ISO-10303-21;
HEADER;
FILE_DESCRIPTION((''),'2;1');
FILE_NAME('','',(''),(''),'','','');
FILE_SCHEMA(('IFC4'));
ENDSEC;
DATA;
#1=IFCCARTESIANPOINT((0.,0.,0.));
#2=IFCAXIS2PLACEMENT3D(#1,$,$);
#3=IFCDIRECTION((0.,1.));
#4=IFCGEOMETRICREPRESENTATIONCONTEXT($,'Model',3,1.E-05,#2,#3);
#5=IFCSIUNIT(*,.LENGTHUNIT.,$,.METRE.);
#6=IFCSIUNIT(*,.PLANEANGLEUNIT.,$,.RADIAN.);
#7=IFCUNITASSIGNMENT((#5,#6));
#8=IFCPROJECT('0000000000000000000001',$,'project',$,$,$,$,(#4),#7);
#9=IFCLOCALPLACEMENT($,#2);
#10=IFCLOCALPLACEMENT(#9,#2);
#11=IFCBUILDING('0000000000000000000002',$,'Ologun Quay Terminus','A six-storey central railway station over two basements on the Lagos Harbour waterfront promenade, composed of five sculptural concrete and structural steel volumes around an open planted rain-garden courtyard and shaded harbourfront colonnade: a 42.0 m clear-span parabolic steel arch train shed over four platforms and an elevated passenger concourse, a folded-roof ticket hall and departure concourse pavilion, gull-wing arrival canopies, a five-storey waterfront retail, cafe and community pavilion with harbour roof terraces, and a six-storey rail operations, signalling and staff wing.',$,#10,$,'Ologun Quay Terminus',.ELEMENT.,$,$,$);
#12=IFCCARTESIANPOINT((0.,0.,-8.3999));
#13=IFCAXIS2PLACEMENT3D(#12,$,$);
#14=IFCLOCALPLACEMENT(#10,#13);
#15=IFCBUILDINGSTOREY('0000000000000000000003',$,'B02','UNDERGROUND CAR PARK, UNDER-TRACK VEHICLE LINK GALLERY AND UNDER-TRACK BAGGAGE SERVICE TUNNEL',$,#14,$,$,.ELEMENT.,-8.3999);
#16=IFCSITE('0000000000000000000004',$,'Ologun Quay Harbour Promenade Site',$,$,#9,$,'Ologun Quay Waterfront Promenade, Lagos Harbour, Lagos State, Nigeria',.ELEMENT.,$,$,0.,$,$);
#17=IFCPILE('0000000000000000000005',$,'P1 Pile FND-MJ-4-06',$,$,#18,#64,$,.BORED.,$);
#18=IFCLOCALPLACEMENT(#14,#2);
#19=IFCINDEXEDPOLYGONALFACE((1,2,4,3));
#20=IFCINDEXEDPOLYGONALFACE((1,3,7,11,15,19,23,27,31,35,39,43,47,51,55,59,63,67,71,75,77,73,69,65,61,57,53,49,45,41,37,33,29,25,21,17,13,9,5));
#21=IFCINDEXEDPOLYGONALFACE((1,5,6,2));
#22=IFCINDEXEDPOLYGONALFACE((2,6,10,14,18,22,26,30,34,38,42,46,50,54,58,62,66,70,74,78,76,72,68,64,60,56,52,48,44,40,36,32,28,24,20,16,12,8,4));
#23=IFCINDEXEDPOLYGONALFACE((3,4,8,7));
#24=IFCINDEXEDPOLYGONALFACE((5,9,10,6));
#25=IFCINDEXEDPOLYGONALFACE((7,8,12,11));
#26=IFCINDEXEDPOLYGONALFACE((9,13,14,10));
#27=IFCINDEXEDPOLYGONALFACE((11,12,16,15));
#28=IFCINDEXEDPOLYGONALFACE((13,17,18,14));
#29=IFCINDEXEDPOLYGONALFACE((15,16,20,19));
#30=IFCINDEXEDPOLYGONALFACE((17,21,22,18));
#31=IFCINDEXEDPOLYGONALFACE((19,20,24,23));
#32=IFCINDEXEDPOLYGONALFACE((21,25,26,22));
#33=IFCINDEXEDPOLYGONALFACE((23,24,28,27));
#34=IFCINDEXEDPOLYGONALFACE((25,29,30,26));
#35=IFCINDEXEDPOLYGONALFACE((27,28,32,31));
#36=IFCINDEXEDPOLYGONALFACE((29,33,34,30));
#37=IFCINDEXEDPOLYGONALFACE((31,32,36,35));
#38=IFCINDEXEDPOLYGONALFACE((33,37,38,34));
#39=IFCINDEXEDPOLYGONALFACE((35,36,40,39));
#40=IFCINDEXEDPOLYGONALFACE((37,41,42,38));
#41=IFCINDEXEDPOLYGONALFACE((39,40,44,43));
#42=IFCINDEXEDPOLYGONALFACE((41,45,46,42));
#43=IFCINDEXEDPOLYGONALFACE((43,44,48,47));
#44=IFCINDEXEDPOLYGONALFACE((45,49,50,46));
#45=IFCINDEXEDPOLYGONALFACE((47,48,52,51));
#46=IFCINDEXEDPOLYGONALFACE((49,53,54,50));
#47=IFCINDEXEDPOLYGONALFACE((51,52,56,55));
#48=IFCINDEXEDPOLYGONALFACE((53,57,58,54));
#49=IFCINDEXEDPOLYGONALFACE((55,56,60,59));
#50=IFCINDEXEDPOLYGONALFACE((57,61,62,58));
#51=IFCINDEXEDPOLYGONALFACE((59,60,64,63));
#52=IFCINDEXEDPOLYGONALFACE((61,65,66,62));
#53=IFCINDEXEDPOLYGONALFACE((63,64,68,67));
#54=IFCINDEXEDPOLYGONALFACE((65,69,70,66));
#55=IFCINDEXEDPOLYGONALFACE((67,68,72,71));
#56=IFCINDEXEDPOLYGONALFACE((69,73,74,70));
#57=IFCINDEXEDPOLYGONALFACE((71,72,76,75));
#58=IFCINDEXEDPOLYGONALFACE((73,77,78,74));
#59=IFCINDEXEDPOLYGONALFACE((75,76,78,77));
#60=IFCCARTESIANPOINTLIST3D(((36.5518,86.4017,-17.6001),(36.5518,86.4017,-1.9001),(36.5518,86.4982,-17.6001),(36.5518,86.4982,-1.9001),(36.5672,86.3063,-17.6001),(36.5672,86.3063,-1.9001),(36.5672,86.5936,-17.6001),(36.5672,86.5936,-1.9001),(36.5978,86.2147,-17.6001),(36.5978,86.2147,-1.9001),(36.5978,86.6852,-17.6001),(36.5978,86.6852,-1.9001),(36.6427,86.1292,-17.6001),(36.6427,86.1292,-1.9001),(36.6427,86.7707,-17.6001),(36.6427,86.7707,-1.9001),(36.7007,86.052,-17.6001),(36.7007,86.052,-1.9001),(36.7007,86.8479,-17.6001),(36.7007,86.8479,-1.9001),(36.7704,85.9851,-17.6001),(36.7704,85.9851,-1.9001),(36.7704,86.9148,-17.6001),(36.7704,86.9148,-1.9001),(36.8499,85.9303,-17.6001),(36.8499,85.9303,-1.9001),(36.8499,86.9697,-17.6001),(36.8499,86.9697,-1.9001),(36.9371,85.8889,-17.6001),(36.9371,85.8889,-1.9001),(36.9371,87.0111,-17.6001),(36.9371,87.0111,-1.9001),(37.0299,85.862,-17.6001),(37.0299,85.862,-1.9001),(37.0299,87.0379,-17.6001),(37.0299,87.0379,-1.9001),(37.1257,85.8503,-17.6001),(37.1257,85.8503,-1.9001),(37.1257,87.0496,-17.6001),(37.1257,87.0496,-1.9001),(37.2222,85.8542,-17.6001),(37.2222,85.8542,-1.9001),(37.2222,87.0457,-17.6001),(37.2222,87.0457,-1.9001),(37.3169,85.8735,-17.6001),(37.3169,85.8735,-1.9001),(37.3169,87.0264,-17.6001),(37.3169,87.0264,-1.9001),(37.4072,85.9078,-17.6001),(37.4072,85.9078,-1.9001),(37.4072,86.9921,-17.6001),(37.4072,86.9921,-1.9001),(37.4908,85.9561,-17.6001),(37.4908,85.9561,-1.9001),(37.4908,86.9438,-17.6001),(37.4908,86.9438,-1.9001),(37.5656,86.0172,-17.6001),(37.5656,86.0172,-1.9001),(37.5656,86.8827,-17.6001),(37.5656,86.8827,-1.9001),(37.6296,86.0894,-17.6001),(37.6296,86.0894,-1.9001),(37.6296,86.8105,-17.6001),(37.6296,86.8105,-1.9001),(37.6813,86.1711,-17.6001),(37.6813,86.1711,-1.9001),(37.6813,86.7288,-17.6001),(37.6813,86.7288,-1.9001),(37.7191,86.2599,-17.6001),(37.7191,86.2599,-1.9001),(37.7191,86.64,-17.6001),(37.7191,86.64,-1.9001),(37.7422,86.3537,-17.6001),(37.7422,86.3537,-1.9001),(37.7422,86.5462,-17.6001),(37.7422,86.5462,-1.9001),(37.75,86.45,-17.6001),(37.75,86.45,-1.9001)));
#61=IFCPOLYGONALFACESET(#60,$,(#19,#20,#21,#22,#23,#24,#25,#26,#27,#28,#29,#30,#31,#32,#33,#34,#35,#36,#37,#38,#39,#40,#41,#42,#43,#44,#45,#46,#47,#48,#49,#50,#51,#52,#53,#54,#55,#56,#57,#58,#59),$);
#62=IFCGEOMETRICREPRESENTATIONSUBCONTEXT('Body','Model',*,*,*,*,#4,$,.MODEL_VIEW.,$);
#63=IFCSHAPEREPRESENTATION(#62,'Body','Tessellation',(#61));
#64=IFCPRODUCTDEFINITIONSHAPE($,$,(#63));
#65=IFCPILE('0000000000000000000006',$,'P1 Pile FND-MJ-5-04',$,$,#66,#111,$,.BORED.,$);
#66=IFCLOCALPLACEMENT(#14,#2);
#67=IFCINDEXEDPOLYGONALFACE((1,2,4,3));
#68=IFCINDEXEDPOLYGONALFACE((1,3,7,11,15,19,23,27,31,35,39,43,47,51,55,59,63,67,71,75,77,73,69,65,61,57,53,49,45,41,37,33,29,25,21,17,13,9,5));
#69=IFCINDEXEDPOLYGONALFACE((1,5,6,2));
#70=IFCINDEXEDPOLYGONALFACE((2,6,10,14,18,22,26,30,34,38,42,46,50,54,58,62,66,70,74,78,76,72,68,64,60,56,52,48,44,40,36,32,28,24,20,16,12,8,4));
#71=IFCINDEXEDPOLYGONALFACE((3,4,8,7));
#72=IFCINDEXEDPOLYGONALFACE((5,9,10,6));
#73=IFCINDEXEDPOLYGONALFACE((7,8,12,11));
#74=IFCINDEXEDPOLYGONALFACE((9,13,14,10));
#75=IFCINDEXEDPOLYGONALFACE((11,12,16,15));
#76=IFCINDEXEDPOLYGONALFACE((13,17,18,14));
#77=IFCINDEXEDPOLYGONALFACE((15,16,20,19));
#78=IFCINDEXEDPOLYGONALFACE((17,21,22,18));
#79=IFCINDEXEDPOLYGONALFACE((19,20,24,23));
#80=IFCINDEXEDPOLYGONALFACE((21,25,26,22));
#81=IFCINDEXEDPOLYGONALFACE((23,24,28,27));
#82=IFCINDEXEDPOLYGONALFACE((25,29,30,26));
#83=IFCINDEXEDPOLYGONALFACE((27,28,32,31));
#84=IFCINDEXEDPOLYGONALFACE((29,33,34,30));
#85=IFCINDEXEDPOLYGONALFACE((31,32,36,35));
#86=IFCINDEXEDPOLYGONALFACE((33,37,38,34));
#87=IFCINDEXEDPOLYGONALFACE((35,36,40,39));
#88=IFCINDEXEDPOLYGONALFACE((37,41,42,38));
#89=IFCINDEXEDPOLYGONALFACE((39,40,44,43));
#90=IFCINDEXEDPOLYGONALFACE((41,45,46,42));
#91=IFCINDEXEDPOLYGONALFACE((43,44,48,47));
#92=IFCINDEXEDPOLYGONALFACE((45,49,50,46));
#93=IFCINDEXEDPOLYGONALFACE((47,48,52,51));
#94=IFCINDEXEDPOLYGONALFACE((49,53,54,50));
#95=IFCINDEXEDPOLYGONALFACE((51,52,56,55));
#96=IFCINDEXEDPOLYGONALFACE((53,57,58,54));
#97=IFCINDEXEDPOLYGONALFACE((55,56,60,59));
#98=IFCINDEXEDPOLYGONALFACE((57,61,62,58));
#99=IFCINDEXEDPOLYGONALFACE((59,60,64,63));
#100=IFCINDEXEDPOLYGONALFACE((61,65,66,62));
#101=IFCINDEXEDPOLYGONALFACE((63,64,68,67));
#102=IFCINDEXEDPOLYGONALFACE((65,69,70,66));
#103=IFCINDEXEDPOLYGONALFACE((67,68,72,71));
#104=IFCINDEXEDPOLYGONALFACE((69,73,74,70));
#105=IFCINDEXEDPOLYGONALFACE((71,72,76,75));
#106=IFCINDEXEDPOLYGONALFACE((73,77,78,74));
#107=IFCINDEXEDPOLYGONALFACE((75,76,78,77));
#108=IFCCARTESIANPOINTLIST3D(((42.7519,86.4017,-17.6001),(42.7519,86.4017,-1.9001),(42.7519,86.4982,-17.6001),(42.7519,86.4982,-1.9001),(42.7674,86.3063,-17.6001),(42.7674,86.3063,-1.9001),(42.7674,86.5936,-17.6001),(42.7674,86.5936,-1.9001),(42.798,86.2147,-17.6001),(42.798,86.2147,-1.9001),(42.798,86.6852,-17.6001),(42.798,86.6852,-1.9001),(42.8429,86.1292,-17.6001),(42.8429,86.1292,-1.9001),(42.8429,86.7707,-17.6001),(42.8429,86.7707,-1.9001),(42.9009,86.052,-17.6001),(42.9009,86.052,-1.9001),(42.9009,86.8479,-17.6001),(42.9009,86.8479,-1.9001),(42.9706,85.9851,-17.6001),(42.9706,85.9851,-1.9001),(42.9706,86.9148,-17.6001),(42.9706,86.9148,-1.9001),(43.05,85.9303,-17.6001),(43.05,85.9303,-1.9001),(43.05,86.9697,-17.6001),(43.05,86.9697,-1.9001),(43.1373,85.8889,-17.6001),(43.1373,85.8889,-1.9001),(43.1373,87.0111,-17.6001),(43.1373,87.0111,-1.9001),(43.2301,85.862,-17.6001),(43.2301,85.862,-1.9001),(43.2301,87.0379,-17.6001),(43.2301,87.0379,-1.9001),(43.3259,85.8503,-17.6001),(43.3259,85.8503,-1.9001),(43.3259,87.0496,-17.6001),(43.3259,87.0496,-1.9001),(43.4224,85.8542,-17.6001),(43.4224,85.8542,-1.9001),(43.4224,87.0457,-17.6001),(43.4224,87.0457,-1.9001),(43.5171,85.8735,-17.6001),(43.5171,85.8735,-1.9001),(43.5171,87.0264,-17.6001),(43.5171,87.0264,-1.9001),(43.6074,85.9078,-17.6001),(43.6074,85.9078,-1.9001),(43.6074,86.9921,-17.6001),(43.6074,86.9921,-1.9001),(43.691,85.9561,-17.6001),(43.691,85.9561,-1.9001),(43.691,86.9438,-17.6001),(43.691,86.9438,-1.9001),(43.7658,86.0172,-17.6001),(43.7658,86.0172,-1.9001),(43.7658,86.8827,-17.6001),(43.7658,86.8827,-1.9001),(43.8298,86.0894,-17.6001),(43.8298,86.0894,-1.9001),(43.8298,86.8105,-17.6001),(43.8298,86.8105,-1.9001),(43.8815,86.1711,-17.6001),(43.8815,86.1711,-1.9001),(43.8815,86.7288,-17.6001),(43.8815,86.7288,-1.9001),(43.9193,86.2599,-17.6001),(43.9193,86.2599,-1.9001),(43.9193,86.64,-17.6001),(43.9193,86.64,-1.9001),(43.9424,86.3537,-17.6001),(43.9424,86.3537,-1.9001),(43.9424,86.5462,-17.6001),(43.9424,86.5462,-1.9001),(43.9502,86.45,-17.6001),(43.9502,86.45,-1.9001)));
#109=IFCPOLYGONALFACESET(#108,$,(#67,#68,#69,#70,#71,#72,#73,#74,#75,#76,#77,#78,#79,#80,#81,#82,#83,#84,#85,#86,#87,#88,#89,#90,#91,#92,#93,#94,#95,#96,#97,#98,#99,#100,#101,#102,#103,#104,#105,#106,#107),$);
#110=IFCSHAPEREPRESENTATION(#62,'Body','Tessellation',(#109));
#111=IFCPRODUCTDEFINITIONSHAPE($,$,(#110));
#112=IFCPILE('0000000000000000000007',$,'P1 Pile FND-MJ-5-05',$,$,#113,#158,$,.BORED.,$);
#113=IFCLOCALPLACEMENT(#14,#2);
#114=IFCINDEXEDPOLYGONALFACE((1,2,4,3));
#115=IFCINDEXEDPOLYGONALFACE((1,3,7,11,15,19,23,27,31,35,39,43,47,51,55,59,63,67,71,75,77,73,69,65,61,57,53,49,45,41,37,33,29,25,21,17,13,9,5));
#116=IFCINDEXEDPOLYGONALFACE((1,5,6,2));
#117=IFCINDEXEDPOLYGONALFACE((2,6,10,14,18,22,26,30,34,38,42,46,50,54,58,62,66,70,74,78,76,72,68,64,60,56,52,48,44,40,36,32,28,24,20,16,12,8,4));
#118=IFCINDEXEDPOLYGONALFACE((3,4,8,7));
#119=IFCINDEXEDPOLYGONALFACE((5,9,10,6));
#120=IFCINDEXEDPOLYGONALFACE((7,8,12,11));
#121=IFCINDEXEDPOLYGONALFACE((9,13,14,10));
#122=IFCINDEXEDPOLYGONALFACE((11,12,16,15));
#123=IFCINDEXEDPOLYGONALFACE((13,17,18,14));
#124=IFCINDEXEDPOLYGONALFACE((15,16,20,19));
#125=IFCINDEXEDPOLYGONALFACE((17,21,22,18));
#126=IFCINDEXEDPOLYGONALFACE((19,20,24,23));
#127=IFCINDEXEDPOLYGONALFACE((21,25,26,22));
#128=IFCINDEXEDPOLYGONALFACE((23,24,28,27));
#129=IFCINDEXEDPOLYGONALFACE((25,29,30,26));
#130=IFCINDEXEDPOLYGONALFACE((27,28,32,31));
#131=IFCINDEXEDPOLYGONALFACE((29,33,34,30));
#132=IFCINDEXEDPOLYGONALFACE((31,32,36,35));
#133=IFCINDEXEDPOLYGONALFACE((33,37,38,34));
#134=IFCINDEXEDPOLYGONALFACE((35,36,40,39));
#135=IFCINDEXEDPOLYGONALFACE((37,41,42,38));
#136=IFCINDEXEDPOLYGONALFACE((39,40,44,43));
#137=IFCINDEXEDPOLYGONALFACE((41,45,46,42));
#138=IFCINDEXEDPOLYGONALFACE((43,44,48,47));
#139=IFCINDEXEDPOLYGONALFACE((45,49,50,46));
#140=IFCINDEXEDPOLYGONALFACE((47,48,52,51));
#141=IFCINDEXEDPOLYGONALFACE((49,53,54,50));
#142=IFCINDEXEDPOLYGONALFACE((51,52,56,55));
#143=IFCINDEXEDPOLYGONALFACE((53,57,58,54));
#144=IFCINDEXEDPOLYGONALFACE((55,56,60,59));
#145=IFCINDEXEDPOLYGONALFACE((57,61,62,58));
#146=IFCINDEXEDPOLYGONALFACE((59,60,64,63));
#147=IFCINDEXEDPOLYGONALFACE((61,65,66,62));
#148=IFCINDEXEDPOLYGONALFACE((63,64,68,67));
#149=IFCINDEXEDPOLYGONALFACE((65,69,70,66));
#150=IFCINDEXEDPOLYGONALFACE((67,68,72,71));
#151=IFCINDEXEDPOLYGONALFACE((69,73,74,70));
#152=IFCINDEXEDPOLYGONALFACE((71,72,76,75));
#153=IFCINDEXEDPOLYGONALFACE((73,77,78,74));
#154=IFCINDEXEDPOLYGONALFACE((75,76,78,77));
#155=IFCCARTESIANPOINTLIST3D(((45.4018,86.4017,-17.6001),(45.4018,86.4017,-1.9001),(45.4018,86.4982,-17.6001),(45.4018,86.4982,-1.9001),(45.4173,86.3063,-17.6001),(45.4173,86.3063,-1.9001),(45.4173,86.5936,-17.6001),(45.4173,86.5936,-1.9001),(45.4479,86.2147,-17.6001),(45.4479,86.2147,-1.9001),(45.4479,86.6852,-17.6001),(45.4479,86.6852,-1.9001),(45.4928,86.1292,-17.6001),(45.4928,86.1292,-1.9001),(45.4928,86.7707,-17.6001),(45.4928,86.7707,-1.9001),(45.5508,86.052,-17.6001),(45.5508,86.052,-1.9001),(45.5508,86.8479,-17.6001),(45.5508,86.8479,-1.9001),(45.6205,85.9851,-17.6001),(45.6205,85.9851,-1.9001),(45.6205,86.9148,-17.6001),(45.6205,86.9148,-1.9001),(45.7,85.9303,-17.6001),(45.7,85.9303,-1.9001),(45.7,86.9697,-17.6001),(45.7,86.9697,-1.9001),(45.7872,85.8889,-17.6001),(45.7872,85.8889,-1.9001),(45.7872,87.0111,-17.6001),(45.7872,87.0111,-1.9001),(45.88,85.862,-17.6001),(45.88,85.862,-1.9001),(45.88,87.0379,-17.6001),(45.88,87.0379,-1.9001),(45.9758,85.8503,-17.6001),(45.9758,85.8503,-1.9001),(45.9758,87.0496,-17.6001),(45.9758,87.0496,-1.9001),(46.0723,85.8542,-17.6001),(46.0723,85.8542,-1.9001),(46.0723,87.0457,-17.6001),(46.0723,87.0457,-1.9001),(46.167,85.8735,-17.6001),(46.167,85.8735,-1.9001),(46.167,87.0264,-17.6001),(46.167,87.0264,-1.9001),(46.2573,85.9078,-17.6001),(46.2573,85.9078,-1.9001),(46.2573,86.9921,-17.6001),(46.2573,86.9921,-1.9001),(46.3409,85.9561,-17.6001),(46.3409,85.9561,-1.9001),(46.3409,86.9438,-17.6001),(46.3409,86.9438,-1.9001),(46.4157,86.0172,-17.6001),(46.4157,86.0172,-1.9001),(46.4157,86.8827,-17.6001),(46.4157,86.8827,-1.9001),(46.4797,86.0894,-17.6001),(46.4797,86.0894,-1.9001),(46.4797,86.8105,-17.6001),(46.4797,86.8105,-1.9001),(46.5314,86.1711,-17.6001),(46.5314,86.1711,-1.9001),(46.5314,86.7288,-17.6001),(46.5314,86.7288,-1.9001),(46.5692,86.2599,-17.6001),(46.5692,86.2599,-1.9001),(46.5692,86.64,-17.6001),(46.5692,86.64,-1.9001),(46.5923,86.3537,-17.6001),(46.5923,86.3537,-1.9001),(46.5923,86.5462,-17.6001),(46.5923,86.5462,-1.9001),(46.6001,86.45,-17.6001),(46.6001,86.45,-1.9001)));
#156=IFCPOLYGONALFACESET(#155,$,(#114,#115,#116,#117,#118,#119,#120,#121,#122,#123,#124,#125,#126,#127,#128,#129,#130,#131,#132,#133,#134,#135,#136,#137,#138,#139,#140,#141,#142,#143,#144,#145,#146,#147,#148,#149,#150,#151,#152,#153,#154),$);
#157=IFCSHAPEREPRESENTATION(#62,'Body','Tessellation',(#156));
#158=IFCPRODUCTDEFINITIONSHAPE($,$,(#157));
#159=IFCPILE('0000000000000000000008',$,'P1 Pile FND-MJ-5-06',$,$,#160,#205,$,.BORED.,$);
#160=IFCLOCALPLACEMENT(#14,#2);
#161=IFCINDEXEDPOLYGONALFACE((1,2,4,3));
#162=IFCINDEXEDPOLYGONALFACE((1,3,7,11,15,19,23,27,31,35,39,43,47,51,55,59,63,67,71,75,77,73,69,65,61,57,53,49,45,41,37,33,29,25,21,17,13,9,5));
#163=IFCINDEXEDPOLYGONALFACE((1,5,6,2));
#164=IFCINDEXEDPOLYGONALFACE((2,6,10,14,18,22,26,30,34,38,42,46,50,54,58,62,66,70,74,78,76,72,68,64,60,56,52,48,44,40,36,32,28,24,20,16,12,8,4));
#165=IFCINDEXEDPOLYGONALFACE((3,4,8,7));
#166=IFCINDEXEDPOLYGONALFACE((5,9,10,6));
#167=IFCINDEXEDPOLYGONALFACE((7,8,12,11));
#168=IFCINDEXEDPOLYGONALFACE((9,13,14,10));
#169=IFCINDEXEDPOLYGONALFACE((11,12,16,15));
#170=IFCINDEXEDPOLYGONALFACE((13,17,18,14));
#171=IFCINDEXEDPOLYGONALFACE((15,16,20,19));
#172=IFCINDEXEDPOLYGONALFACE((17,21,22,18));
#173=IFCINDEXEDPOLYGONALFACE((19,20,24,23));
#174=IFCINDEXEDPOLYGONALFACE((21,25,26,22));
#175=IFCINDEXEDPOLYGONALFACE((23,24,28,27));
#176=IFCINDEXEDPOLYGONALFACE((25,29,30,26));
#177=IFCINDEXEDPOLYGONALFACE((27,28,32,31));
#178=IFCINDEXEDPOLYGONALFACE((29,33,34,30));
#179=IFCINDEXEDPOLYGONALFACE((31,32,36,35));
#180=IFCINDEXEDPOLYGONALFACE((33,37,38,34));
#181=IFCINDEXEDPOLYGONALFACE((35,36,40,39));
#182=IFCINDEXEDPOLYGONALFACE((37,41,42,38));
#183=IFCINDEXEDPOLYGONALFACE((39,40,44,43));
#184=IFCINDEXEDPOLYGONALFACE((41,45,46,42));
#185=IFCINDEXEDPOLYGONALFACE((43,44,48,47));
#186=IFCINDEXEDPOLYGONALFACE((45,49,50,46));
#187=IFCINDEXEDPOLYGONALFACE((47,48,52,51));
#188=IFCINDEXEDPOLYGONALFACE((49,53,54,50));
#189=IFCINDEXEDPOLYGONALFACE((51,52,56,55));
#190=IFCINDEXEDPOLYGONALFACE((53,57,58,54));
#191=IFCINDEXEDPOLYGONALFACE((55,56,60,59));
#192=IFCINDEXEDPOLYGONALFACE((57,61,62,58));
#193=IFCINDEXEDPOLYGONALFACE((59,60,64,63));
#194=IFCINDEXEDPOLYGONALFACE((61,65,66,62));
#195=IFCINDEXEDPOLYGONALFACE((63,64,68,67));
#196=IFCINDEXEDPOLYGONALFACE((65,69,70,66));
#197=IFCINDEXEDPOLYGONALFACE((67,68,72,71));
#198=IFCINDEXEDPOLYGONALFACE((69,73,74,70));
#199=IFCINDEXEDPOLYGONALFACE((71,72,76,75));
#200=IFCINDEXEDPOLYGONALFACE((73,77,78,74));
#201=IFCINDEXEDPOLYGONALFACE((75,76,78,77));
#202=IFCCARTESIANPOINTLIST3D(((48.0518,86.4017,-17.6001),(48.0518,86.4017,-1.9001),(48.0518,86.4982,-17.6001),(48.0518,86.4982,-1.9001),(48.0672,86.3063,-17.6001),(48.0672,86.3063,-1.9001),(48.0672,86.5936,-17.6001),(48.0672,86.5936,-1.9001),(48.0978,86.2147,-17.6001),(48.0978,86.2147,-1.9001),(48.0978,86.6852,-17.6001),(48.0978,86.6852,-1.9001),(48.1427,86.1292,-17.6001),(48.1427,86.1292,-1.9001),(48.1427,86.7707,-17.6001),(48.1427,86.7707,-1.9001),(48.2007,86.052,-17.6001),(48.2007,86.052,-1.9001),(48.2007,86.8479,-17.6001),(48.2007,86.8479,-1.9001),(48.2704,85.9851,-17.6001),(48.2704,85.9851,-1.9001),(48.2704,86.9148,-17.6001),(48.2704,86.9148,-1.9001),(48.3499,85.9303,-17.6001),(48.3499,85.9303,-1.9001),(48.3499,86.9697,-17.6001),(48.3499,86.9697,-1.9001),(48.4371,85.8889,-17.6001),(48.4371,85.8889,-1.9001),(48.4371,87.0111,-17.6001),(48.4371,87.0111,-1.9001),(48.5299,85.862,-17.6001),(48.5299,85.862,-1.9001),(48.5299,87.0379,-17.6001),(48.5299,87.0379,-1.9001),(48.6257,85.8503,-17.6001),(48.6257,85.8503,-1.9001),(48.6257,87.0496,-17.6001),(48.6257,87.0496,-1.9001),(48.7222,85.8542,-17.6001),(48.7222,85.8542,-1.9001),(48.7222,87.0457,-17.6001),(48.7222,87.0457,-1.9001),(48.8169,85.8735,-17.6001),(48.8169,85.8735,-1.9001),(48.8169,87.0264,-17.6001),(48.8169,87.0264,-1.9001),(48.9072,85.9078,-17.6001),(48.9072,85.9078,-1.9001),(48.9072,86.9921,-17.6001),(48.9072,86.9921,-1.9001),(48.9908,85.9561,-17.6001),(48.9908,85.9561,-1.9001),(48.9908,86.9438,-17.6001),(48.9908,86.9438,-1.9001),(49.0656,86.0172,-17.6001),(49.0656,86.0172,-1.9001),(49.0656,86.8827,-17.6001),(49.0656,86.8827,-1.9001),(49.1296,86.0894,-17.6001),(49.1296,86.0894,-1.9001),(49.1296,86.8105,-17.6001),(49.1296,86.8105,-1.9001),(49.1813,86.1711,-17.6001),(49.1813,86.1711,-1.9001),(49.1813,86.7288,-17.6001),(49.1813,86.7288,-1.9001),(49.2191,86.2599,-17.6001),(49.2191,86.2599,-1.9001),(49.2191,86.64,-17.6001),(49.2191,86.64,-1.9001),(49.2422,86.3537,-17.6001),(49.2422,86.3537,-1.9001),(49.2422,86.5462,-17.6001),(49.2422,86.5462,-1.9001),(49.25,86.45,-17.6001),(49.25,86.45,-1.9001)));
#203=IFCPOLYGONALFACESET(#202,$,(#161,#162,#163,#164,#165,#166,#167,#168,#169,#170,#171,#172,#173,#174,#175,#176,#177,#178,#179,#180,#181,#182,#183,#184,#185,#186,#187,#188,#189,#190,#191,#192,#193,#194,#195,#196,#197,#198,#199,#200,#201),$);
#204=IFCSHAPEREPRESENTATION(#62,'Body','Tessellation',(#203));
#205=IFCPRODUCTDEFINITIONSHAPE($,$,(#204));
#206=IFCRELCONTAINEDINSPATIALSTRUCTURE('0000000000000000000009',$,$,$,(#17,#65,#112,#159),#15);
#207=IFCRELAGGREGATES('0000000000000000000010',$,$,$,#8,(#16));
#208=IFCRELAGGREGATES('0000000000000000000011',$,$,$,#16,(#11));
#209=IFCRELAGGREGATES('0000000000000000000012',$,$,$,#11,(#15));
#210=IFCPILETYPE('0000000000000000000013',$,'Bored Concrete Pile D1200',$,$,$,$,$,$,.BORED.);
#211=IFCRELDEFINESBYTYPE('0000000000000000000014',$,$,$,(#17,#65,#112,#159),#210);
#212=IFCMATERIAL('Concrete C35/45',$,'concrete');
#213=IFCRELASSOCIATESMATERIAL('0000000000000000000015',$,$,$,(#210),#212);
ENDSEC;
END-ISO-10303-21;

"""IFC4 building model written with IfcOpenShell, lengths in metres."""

from ifc_helpers import new_model, si_unit, direction, frame, origin, origin_2d, place, context, subcontext, project, spatial, circle, extrude, material, material_profile, profile_set, type_object, element, save


model = new_model("IFC4")

# Units and contexts
model_context = context("Model", 3, precision=1e-05, world=origin(), true_north=direction((0.0, 1.0)))
body_context = subcontext(model_context, "Body", "Model", "MODEL_VIEW")
ifc_project = project(units=[si_unit("LENGTHUNIT", "METRE"), si_unit("PLANEANGLEUNIT", "RADIAN")], contexts=[model_context])

# Site, building, storey
site_placement = place(None, origin())
site = spatial("IfcSite", under=ifc_project, at=site_placement, Name="Ologun Quay Harbour Promenade Site", LongName="Ologun Quay Waterfront Promenade, Lagos Harbour, Lagos State, Nigeria", CompositionType="ELEMENT", RefElevation=0.0)
building_placement = place(site_placement, origin())
building = spatial("IfcBuilding", under=site, at=building_placement, Name="Ologun Quay Terminus", Description="A six-storey central railway station over two basements on the Lagos Harbour waterfront promenade, composed of five sculptural concrete and structural steel volumes around an open planted rain-garden courtyard and shaded harbourfront colonnade: a 42.0 m clear-span parabolic steel arch train shed over four platforms and an elevated passenger concourse, a folded-roof ticket hall and departure concourse pavilion, gull-wing arrival canopies, a five-storey waterfront retail, cafe and community pavilion with harbour roof terraces, and a six-storey rail operations, signalling and staff wing.", LongName="Ologun Quay Terminus", CompositionType="ELEMENT")
storey_placement = place(building_placement, frame((0.0, 0.0, -8.3999)))
storey = spatial("IfcBuildingStorey", under=building, at=storey_placement, Name="B02", Description="UNDERGROUND CAR PARK, UNDER-TRACK VEHICLE LINK GALLERY AND UNDER-TRACK BAGGAGE SERVICE TUNNEL", CompositionType="ELEMENT", Elevation=-8.3999)

# Piles
ifc_material_1 = material(Name="Concrete C35/45", Category="concrete")
ifc_material_profile_1 = material_profile(ifc_material_1, circle(Radius=0.6001, at=origin_2d()), Name="PILE D1200")
ifc_profile_set_1 = profile_set([ifc_material_profile_1], Name="Concrete C35/45")
pile_type = type_object("IfcPileType", Name="Bored Concrete Pile D1200", PredefinedType="BORED", material=ifc_profile_set_1)
for number, where, z_axis, x_axis, name in (
    (1, (37.1499, 86.45, -1.9001), (0.0, 0.0, -1.0), (1.0, 0.0, 0.0), "P1 Pile FND-MJ-4-06"),
    (2, (43.3501, 86.45, -1.9001), (0.0, 0.0, -1.0), (1.0, 0.0, 0.0), "P1 Pile FND-MJ-5-04"),
    (3, (46.0, 86.45, -1.9001), (0.0, 0.0, -1.0), (1.0, 0.0, 0.0), "P1 Pile FND-MJ-5-05"),
    (4, (48.6499, 86.45, -1.9001), (0.0, 0.0, -1.0), (1.0, 0.0, 0.0), "P1 Pile FND-MJ-5-06"),
):
    element("IfcPile", number, at=place(storey_placement, frame(where, z_axis=z_axis, x_axis=x_axis)), inside=storey, type_object=pile_type, Name=name, PredefinedType="BORED", context=body_context, shape_type="SweptSolid", body=[
        extrude(circle(Radius=0.6001, at=origin_2d()), origin(), (0.0, 0.0, 1.0), 15.7),
    ])

save(model, "model.ifc")
